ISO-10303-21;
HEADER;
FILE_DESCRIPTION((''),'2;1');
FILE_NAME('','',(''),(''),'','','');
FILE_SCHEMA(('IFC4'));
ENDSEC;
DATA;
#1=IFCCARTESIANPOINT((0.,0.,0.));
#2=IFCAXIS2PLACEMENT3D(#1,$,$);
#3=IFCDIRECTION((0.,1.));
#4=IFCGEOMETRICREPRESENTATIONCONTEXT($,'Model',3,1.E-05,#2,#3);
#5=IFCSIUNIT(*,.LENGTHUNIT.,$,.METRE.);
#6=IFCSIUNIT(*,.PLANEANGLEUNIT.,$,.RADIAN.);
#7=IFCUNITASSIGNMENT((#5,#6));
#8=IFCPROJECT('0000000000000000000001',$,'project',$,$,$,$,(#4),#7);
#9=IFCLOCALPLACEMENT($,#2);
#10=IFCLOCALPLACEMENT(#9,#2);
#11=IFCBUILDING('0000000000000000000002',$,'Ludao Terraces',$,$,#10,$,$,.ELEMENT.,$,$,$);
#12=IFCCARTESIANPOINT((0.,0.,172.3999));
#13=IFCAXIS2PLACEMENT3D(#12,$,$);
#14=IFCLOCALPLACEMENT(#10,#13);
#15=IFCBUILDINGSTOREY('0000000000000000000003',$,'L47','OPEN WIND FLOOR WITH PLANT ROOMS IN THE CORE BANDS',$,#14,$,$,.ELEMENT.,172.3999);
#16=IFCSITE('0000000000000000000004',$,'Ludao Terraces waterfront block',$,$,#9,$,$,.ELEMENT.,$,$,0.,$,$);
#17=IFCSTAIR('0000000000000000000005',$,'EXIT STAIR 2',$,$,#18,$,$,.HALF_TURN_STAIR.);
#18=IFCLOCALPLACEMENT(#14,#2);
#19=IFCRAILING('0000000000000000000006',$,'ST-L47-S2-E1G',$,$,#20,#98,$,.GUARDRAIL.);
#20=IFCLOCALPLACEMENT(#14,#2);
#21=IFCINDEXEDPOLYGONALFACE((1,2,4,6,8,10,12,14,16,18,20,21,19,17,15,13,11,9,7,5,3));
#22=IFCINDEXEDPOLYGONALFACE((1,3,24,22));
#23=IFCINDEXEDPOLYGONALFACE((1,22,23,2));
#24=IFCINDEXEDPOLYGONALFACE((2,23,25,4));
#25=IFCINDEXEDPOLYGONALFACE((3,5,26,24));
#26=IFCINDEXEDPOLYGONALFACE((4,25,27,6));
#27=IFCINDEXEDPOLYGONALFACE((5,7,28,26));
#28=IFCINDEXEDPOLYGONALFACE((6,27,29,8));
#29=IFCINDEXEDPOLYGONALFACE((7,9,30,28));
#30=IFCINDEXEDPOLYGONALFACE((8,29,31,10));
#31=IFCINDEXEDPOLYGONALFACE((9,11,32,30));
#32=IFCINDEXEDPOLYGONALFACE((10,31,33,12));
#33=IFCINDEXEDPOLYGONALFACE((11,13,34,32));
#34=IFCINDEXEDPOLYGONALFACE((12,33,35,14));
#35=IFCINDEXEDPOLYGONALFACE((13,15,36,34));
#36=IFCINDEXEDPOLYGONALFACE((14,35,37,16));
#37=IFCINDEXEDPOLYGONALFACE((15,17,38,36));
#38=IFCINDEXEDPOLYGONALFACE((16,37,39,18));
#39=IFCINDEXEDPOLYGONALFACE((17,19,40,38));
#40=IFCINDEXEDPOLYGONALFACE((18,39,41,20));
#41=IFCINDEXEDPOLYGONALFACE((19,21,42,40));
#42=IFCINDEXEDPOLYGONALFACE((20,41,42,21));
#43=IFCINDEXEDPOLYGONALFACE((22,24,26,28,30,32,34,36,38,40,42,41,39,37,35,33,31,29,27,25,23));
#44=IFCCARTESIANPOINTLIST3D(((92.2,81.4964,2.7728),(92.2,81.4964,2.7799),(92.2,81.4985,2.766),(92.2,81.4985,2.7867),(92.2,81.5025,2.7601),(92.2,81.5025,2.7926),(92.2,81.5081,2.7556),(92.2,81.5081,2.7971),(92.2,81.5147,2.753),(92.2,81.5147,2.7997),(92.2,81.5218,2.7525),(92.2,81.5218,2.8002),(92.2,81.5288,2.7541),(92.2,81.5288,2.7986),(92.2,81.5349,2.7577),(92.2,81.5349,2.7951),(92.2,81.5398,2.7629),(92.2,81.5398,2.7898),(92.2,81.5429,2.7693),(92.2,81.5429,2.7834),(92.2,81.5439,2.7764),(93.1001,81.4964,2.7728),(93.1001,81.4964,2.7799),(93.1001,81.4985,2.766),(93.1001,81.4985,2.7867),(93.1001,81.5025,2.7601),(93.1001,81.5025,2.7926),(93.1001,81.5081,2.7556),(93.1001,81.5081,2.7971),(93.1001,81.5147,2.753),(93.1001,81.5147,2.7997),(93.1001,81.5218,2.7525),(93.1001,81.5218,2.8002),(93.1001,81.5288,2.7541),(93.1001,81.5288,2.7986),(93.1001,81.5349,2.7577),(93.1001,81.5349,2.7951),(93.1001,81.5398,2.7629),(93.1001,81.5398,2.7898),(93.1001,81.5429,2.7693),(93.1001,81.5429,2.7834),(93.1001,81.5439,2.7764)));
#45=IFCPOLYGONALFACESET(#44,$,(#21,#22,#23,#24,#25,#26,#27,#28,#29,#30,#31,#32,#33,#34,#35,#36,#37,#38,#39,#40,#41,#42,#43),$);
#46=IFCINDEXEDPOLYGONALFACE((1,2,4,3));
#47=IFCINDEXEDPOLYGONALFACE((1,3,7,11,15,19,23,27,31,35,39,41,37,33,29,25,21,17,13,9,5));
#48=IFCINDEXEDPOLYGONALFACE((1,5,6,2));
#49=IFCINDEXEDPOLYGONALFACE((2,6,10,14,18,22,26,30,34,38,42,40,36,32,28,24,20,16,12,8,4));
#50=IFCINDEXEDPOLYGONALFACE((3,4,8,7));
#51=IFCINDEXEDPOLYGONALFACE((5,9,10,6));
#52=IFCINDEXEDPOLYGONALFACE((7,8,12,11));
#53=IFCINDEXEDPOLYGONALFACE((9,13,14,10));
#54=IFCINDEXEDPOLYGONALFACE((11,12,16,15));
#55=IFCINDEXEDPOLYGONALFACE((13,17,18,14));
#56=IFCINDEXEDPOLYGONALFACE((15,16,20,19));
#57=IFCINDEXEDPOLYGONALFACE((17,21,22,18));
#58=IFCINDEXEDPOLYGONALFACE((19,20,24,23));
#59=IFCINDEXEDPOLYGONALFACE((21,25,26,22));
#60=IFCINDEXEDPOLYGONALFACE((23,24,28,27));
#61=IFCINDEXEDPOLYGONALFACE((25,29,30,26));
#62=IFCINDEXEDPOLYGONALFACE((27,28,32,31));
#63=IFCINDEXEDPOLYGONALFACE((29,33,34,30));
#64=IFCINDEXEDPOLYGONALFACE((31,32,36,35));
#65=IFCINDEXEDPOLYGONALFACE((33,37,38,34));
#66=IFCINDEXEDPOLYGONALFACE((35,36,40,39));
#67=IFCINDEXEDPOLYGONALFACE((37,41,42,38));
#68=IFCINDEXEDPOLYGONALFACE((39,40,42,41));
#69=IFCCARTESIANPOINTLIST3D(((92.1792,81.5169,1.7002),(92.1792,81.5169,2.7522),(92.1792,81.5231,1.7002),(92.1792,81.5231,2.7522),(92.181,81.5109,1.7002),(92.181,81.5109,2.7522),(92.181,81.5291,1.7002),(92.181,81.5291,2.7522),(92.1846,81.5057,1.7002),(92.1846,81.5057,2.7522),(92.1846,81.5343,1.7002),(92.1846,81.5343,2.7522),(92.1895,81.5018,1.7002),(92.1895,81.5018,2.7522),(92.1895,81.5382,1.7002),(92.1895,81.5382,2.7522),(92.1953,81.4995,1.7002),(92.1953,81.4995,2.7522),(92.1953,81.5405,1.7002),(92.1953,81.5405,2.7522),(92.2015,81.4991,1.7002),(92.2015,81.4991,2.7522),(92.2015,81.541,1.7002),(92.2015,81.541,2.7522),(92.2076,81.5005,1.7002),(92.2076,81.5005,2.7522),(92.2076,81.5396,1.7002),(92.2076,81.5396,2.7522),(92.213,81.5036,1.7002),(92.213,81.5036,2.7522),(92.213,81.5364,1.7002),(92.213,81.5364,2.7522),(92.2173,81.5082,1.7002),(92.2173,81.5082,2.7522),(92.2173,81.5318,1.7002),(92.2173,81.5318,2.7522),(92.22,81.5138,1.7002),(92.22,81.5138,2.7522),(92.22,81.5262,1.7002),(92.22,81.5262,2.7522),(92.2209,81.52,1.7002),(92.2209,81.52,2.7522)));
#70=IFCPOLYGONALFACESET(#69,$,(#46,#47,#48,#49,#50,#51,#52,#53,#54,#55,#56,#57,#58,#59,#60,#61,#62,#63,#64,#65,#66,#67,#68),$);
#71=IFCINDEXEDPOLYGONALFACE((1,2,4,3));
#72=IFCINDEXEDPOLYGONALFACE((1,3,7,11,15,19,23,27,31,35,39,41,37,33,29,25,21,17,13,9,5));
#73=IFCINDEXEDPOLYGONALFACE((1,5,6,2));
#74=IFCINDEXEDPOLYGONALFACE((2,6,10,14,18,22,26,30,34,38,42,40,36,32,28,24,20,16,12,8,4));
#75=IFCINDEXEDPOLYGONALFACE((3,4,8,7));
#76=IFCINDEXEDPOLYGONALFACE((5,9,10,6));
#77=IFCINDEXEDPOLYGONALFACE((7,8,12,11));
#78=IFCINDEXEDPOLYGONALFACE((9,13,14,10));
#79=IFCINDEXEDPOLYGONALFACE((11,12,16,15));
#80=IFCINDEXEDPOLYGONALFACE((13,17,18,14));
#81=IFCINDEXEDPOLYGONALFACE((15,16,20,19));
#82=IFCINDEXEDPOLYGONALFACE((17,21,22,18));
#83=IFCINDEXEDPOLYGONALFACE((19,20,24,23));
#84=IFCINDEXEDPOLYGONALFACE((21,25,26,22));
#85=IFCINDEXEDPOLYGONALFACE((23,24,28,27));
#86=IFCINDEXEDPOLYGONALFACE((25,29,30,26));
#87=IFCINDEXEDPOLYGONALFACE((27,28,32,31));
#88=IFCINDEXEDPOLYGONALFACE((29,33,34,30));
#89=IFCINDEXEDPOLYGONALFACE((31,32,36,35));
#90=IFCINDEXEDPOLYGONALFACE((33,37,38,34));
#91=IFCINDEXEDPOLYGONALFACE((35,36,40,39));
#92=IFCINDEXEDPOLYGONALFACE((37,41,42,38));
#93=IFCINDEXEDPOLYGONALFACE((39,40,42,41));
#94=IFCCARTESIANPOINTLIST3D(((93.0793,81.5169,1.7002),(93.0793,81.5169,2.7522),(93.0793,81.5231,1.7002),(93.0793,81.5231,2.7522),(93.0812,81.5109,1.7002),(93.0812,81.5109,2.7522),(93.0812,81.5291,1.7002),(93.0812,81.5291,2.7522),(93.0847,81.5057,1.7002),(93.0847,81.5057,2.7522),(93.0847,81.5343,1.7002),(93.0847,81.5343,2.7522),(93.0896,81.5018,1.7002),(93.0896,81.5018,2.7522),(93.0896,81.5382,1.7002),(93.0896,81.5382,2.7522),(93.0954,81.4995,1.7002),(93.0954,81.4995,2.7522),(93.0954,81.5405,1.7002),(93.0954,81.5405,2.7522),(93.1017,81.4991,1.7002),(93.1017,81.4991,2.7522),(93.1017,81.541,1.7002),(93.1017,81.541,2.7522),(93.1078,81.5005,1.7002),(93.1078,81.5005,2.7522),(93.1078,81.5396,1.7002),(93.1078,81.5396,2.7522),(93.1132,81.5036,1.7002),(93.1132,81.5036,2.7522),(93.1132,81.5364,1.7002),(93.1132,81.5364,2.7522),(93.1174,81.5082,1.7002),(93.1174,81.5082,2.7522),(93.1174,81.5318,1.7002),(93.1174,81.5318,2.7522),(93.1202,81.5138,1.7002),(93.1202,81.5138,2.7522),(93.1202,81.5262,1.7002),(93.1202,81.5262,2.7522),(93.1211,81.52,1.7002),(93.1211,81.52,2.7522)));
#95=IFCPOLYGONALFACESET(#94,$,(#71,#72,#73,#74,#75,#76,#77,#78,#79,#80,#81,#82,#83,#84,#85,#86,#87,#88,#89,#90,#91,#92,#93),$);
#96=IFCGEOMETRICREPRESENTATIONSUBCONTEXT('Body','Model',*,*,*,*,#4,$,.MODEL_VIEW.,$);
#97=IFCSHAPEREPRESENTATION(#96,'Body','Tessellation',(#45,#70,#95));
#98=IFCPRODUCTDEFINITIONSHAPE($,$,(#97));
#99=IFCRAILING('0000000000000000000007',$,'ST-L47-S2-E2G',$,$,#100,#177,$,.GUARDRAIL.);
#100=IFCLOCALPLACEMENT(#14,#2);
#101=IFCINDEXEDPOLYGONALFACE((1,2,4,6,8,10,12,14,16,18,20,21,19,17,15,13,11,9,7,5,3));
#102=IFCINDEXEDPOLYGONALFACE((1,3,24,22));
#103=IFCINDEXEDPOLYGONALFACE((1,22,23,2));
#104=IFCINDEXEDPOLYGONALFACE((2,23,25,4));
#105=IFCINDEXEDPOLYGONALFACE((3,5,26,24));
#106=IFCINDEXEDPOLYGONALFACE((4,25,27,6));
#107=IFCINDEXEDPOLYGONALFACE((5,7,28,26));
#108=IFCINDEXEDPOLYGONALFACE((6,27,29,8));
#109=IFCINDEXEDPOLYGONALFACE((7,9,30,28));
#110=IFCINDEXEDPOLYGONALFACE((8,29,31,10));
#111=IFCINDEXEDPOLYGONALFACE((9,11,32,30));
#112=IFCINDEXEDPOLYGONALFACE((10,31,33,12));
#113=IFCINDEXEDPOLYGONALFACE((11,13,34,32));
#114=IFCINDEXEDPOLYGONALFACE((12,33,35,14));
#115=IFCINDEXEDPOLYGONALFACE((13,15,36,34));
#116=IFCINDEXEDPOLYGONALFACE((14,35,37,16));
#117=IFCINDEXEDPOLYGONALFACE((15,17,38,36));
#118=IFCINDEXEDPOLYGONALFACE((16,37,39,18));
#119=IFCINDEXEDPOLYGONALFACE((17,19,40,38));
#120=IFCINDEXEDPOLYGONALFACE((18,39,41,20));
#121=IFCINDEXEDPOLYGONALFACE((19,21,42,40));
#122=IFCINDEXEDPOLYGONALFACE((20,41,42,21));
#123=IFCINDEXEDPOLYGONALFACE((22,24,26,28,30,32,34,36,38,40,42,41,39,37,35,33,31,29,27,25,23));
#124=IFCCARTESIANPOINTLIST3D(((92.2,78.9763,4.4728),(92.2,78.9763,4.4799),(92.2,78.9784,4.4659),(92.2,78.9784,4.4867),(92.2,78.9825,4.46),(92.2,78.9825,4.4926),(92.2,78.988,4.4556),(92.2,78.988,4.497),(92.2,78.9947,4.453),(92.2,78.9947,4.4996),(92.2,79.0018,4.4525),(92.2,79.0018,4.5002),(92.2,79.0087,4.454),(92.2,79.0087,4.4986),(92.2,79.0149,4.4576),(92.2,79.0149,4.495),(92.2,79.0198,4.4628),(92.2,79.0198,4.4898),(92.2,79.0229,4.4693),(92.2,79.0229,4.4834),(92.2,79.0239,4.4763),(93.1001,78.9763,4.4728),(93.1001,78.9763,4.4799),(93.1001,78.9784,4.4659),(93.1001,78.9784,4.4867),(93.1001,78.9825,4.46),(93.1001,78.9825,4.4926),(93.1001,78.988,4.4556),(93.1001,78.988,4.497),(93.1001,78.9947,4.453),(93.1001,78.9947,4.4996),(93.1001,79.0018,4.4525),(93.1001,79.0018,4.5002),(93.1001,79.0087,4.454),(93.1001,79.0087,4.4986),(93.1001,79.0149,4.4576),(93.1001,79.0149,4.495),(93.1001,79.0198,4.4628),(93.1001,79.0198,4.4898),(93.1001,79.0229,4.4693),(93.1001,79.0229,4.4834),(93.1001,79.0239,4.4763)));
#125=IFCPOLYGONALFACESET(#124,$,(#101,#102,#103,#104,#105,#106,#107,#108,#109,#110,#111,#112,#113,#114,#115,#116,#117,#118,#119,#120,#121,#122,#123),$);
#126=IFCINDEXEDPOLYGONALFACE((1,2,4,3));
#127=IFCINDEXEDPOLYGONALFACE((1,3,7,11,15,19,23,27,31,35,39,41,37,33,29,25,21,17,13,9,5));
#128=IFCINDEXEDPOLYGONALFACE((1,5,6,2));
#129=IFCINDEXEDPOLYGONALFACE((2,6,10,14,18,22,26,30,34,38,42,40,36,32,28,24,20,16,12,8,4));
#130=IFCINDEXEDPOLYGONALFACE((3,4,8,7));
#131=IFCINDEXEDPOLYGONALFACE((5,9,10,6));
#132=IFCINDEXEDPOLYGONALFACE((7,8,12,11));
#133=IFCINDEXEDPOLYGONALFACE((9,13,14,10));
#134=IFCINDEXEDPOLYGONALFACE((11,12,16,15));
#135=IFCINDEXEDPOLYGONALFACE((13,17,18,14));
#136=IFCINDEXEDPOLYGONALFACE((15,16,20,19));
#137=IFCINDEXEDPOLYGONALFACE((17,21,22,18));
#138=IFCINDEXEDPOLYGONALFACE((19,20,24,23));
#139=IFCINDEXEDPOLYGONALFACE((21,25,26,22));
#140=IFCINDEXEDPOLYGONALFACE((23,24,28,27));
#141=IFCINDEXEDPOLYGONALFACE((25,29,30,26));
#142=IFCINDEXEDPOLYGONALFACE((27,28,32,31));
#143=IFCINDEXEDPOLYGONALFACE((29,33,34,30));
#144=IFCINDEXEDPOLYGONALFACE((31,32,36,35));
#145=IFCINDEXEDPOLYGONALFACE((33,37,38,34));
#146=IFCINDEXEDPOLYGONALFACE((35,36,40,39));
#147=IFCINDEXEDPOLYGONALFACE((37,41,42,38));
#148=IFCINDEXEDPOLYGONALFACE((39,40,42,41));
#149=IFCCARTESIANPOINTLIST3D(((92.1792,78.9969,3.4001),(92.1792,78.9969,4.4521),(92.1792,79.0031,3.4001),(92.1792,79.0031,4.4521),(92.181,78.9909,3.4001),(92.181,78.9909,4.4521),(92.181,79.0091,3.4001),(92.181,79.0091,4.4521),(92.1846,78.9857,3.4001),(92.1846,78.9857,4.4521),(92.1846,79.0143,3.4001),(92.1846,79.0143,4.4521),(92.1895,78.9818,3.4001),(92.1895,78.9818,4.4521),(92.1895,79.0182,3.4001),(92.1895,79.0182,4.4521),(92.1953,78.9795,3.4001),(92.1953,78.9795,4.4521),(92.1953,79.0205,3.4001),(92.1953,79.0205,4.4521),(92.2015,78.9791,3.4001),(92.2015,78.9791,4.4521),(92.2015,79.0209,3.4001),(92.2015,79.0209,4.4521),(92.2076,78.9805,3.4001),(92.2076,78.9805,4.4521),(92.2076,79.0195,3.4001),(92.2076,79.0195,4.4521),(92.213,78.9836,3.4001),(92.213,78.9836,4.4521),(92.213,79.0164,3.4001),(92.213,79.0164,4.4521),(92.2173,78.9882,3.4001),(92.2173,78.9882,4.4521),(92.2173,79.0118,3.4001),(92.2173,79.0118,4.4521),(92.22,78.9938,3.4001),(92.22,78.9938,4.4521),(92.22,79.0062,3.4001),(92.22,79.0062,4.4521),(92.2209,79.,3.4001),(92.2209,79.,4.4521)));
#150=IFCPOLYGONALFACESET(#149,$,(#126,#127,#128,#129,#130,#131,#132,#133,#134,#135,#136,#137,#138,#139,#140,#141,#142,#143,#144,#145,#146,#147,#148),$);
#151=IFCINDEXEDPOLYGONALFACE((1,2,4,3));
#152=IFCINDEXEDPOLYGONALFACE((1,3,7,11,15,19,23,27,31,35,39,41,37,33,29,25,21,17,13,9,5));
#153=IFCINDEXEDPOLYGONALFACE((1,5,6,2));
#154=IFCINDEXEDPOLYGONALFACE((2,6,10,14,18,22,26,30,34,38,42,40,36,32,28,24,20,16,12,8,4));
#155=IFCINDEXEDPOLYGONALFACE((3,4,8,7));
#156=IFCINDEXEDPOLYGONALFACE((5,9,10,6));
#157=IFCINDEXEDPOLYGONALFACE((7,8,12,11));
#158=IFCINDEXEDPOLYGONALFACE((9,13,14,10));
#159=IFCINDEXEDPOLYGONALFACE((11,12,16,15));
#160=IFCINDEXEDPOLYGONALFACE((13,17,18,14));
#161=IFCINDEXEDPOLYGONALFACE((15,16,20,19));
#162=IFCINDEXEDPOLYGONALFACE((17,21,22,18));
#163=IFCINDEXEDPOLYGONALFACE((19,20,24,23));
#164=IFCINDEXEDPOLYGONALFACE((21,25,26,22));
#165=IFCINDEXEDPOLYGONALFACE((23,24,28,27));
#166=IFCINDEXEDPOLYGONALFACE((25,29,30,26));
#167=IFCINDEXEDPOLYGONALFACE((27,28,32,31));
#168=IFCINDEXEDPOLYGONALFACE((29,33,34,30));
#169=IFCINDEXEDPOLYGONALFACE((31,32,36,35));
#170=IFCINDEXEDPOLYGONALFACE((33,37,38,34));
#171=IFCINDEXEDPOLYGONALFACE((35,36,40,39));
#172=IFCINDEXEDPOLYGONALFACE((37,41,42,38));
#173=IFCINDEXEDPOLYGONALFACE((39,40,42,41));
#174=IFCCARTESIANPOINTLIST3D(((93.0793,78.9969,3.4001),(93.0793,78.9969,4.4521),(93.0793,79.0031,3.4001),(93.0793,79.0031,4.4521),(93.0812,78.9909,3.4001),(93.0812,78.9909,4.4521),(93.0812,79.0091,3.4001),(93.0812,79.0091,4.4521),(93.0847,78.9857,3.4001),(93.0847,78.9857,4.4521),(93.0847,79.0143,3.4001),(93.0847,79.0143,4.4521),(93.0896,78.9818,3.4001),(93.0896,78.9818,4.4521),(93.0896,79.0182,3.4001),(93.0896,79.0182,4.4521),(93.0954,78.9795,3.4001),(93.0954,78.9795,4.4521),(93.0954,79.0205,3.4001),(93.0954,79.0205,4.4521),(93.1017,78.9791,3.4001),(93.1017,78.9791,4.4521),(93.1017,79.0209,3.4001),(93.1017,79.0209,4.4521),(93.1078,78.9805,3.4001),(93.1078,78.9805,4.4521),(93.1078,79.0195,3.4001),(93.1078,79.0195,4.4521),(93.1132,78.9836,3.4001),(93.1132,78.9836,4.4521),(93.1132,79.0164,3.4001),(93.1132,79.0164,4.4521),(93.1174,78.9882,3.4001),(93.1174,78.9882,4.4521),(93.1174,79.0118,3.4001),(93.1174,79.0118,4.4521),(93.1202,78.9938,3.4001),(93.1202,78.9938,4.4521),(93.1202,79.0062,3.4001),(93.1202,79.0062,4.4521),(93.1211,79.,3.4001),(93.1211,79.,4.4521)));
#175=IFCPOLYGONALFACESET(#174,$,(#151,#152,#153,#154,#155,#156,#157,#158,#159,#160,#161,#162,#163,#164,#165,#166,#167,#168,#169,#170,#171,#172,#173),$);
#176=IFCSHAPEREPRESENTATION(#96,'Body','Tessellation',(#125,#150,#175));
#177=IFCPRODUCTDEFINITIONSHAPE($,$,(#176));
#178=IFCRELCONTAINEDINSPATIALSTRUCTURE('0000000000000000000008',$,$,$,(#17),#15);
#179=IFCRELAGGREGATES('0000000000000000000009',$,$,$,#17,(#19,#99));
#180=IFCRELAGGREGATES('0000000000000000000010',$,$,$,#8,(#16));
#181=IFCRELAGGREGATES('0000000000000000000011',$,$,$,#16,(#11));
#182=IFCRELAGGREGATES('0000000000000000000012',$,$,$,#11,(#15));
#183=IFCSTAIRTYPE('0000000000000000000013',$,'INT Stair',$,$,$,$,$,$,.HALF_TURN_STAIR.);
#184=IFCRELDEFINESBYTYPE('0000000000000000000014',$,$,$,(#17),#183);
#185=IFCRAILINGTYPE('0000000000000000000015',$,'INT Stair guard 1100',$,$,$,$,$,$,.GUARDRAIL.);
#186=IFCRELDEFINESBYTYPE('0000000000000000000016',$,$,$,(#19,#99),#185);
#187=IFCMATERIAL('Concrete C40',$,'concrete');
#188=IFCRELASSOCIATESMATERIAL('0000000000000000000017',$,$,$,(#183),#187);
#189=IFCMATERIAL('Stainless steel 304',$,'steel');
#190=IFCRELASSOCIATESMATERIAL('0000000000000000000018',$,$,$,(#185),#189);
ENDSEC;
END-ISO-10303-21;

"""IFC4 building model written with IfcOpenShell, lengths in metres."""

from ifc_helpers import new_model, si_unit, direction, frame, origin, origin_2d, place, context, subcontext, project, spatial, circle, extrude, material, type_object, element, aggregate, save


model = new_model("IFC4")

# Units and contexts
model_context = context("Model", 3, precision=1e-05, world=origin(), true_north=direction((0.0, 1.0)))
body_context = subcontext(model_context, "Body", "Model", "MODEL_VIEW")
ifc_project = project(units=[si_unit("LENGTHUNIT", "METRE"), si_unit("PLANEANGLEUNIT", "RADIAN")], contexts=[model_context])

# Site, building, storey
site_placement = place(None, origin())
site = spatial("IfcSite", under=ifc_project, at=site_placement, Name="Ludao Terraces waterfront block", CompositionType="ELEMENT", RefElevation=0.0)
building_placement = place(site_placement, origin())
building = spatial("IfcBuilding", under=site, at=building_placement, Name="Ludao Terraces", CompositionType="ELEMENT")
storey_placement = place(building_placement, frame((0.0, 0.0, 172.3999)))
storey = spatial("IfcBuildingStorey", under=building, at=storey_placement, Name="L47", Description="OPEN WIND FLOOR WITH PLANT ROOMS IN THE CORE BANDS", CompositionType="ELEMENT", Elevation=172.3999)

# Stair, railings
ifc_material_1 = material(Name="Concrete C40", Category="concrete")
stair_type = type_object("IfcStairType", Name="INT Stair", PredefinedType="HALF_TURN_STAIR", material=ifc_material_1)
stair_placement = place(storey_placement, origin())
stair = element("IfcStair", 1, at=stair_placement, inside=storey, type_object=stair_type, Name="EXIT STAIR 2", PredefinedType="HALF_TURN_STAIR")
ifc_material_2 = material(Name="Stainless steel 304", Category="steel")
railing_type_1 = type_object("IfcRailingType", Name="INT Stair guard 1100", PredefinedType="GUARDRAIL", material=ifc_material_2)
railing_1_placement = place(storey_placement, frame((92.2, 81.52, 1.7002)))
railing_1 = element("IfcRailing", 2, at=railing_1_placement, type_object=railing_type_1, Name="ST-L47-S2-E1G", PredefinedType="GUARDRAIL", context=body_context, shape_type="SweptSolid", body=[
    extrude(circle(Radius=0.0239, at=origin_2d()), frame((0.0, 0.0, 1.0762), z_axis=(1.0, 0.0, 0.0), x_axis=(0.0, 1.0, 0.0)), (0.0, 0.0, 1.0), 0.9001),
    extrude(circle(Radius=0.021, at=origin_2d()), origin(), (0.0, 0.0, 1.0), 1.052),
    extrude(circle(Radius=0.021, at=origin_2d()), frame((0.9001, 0.0, 0.0)), (0.0, 0.0, 1.0), 1.052),
])
railing_2_placement = place(storey_placement, frame((92.2, 79.0, 3.4001)))
railing_2 = element("IfcRailing", 3, at=railing_2_placement, type_object=railing_type_1, Name="ST-L47-S2-E2G", PredefinedType="GUARDRAIL", context=body_context, shape_type="SweptSolid", body=[
    extrude(circle(Radius=0.0239, at=origin_2d()), frame((0.0, 0.0, 1.0762), z_axis=(1.0, 0.0, 0.0), x_axis=(0.0, 1.0, 0.0)), (0.0, 0.0, 1.0), 0.9001),
    extrude(circle(Radius=0.021, at=origin_2d()), origin(), (0.0, 0.0, 1.0), 1.052),
    extrude(circle(Radius=0.021, at=origin_2d()), frame((0.9001, 0.0, 0.0)), (0.0, 0.0, 1.0), 1.052),
])
aggregate(stair, [railing_1, railing_2])

save(model, "model.ifc")
